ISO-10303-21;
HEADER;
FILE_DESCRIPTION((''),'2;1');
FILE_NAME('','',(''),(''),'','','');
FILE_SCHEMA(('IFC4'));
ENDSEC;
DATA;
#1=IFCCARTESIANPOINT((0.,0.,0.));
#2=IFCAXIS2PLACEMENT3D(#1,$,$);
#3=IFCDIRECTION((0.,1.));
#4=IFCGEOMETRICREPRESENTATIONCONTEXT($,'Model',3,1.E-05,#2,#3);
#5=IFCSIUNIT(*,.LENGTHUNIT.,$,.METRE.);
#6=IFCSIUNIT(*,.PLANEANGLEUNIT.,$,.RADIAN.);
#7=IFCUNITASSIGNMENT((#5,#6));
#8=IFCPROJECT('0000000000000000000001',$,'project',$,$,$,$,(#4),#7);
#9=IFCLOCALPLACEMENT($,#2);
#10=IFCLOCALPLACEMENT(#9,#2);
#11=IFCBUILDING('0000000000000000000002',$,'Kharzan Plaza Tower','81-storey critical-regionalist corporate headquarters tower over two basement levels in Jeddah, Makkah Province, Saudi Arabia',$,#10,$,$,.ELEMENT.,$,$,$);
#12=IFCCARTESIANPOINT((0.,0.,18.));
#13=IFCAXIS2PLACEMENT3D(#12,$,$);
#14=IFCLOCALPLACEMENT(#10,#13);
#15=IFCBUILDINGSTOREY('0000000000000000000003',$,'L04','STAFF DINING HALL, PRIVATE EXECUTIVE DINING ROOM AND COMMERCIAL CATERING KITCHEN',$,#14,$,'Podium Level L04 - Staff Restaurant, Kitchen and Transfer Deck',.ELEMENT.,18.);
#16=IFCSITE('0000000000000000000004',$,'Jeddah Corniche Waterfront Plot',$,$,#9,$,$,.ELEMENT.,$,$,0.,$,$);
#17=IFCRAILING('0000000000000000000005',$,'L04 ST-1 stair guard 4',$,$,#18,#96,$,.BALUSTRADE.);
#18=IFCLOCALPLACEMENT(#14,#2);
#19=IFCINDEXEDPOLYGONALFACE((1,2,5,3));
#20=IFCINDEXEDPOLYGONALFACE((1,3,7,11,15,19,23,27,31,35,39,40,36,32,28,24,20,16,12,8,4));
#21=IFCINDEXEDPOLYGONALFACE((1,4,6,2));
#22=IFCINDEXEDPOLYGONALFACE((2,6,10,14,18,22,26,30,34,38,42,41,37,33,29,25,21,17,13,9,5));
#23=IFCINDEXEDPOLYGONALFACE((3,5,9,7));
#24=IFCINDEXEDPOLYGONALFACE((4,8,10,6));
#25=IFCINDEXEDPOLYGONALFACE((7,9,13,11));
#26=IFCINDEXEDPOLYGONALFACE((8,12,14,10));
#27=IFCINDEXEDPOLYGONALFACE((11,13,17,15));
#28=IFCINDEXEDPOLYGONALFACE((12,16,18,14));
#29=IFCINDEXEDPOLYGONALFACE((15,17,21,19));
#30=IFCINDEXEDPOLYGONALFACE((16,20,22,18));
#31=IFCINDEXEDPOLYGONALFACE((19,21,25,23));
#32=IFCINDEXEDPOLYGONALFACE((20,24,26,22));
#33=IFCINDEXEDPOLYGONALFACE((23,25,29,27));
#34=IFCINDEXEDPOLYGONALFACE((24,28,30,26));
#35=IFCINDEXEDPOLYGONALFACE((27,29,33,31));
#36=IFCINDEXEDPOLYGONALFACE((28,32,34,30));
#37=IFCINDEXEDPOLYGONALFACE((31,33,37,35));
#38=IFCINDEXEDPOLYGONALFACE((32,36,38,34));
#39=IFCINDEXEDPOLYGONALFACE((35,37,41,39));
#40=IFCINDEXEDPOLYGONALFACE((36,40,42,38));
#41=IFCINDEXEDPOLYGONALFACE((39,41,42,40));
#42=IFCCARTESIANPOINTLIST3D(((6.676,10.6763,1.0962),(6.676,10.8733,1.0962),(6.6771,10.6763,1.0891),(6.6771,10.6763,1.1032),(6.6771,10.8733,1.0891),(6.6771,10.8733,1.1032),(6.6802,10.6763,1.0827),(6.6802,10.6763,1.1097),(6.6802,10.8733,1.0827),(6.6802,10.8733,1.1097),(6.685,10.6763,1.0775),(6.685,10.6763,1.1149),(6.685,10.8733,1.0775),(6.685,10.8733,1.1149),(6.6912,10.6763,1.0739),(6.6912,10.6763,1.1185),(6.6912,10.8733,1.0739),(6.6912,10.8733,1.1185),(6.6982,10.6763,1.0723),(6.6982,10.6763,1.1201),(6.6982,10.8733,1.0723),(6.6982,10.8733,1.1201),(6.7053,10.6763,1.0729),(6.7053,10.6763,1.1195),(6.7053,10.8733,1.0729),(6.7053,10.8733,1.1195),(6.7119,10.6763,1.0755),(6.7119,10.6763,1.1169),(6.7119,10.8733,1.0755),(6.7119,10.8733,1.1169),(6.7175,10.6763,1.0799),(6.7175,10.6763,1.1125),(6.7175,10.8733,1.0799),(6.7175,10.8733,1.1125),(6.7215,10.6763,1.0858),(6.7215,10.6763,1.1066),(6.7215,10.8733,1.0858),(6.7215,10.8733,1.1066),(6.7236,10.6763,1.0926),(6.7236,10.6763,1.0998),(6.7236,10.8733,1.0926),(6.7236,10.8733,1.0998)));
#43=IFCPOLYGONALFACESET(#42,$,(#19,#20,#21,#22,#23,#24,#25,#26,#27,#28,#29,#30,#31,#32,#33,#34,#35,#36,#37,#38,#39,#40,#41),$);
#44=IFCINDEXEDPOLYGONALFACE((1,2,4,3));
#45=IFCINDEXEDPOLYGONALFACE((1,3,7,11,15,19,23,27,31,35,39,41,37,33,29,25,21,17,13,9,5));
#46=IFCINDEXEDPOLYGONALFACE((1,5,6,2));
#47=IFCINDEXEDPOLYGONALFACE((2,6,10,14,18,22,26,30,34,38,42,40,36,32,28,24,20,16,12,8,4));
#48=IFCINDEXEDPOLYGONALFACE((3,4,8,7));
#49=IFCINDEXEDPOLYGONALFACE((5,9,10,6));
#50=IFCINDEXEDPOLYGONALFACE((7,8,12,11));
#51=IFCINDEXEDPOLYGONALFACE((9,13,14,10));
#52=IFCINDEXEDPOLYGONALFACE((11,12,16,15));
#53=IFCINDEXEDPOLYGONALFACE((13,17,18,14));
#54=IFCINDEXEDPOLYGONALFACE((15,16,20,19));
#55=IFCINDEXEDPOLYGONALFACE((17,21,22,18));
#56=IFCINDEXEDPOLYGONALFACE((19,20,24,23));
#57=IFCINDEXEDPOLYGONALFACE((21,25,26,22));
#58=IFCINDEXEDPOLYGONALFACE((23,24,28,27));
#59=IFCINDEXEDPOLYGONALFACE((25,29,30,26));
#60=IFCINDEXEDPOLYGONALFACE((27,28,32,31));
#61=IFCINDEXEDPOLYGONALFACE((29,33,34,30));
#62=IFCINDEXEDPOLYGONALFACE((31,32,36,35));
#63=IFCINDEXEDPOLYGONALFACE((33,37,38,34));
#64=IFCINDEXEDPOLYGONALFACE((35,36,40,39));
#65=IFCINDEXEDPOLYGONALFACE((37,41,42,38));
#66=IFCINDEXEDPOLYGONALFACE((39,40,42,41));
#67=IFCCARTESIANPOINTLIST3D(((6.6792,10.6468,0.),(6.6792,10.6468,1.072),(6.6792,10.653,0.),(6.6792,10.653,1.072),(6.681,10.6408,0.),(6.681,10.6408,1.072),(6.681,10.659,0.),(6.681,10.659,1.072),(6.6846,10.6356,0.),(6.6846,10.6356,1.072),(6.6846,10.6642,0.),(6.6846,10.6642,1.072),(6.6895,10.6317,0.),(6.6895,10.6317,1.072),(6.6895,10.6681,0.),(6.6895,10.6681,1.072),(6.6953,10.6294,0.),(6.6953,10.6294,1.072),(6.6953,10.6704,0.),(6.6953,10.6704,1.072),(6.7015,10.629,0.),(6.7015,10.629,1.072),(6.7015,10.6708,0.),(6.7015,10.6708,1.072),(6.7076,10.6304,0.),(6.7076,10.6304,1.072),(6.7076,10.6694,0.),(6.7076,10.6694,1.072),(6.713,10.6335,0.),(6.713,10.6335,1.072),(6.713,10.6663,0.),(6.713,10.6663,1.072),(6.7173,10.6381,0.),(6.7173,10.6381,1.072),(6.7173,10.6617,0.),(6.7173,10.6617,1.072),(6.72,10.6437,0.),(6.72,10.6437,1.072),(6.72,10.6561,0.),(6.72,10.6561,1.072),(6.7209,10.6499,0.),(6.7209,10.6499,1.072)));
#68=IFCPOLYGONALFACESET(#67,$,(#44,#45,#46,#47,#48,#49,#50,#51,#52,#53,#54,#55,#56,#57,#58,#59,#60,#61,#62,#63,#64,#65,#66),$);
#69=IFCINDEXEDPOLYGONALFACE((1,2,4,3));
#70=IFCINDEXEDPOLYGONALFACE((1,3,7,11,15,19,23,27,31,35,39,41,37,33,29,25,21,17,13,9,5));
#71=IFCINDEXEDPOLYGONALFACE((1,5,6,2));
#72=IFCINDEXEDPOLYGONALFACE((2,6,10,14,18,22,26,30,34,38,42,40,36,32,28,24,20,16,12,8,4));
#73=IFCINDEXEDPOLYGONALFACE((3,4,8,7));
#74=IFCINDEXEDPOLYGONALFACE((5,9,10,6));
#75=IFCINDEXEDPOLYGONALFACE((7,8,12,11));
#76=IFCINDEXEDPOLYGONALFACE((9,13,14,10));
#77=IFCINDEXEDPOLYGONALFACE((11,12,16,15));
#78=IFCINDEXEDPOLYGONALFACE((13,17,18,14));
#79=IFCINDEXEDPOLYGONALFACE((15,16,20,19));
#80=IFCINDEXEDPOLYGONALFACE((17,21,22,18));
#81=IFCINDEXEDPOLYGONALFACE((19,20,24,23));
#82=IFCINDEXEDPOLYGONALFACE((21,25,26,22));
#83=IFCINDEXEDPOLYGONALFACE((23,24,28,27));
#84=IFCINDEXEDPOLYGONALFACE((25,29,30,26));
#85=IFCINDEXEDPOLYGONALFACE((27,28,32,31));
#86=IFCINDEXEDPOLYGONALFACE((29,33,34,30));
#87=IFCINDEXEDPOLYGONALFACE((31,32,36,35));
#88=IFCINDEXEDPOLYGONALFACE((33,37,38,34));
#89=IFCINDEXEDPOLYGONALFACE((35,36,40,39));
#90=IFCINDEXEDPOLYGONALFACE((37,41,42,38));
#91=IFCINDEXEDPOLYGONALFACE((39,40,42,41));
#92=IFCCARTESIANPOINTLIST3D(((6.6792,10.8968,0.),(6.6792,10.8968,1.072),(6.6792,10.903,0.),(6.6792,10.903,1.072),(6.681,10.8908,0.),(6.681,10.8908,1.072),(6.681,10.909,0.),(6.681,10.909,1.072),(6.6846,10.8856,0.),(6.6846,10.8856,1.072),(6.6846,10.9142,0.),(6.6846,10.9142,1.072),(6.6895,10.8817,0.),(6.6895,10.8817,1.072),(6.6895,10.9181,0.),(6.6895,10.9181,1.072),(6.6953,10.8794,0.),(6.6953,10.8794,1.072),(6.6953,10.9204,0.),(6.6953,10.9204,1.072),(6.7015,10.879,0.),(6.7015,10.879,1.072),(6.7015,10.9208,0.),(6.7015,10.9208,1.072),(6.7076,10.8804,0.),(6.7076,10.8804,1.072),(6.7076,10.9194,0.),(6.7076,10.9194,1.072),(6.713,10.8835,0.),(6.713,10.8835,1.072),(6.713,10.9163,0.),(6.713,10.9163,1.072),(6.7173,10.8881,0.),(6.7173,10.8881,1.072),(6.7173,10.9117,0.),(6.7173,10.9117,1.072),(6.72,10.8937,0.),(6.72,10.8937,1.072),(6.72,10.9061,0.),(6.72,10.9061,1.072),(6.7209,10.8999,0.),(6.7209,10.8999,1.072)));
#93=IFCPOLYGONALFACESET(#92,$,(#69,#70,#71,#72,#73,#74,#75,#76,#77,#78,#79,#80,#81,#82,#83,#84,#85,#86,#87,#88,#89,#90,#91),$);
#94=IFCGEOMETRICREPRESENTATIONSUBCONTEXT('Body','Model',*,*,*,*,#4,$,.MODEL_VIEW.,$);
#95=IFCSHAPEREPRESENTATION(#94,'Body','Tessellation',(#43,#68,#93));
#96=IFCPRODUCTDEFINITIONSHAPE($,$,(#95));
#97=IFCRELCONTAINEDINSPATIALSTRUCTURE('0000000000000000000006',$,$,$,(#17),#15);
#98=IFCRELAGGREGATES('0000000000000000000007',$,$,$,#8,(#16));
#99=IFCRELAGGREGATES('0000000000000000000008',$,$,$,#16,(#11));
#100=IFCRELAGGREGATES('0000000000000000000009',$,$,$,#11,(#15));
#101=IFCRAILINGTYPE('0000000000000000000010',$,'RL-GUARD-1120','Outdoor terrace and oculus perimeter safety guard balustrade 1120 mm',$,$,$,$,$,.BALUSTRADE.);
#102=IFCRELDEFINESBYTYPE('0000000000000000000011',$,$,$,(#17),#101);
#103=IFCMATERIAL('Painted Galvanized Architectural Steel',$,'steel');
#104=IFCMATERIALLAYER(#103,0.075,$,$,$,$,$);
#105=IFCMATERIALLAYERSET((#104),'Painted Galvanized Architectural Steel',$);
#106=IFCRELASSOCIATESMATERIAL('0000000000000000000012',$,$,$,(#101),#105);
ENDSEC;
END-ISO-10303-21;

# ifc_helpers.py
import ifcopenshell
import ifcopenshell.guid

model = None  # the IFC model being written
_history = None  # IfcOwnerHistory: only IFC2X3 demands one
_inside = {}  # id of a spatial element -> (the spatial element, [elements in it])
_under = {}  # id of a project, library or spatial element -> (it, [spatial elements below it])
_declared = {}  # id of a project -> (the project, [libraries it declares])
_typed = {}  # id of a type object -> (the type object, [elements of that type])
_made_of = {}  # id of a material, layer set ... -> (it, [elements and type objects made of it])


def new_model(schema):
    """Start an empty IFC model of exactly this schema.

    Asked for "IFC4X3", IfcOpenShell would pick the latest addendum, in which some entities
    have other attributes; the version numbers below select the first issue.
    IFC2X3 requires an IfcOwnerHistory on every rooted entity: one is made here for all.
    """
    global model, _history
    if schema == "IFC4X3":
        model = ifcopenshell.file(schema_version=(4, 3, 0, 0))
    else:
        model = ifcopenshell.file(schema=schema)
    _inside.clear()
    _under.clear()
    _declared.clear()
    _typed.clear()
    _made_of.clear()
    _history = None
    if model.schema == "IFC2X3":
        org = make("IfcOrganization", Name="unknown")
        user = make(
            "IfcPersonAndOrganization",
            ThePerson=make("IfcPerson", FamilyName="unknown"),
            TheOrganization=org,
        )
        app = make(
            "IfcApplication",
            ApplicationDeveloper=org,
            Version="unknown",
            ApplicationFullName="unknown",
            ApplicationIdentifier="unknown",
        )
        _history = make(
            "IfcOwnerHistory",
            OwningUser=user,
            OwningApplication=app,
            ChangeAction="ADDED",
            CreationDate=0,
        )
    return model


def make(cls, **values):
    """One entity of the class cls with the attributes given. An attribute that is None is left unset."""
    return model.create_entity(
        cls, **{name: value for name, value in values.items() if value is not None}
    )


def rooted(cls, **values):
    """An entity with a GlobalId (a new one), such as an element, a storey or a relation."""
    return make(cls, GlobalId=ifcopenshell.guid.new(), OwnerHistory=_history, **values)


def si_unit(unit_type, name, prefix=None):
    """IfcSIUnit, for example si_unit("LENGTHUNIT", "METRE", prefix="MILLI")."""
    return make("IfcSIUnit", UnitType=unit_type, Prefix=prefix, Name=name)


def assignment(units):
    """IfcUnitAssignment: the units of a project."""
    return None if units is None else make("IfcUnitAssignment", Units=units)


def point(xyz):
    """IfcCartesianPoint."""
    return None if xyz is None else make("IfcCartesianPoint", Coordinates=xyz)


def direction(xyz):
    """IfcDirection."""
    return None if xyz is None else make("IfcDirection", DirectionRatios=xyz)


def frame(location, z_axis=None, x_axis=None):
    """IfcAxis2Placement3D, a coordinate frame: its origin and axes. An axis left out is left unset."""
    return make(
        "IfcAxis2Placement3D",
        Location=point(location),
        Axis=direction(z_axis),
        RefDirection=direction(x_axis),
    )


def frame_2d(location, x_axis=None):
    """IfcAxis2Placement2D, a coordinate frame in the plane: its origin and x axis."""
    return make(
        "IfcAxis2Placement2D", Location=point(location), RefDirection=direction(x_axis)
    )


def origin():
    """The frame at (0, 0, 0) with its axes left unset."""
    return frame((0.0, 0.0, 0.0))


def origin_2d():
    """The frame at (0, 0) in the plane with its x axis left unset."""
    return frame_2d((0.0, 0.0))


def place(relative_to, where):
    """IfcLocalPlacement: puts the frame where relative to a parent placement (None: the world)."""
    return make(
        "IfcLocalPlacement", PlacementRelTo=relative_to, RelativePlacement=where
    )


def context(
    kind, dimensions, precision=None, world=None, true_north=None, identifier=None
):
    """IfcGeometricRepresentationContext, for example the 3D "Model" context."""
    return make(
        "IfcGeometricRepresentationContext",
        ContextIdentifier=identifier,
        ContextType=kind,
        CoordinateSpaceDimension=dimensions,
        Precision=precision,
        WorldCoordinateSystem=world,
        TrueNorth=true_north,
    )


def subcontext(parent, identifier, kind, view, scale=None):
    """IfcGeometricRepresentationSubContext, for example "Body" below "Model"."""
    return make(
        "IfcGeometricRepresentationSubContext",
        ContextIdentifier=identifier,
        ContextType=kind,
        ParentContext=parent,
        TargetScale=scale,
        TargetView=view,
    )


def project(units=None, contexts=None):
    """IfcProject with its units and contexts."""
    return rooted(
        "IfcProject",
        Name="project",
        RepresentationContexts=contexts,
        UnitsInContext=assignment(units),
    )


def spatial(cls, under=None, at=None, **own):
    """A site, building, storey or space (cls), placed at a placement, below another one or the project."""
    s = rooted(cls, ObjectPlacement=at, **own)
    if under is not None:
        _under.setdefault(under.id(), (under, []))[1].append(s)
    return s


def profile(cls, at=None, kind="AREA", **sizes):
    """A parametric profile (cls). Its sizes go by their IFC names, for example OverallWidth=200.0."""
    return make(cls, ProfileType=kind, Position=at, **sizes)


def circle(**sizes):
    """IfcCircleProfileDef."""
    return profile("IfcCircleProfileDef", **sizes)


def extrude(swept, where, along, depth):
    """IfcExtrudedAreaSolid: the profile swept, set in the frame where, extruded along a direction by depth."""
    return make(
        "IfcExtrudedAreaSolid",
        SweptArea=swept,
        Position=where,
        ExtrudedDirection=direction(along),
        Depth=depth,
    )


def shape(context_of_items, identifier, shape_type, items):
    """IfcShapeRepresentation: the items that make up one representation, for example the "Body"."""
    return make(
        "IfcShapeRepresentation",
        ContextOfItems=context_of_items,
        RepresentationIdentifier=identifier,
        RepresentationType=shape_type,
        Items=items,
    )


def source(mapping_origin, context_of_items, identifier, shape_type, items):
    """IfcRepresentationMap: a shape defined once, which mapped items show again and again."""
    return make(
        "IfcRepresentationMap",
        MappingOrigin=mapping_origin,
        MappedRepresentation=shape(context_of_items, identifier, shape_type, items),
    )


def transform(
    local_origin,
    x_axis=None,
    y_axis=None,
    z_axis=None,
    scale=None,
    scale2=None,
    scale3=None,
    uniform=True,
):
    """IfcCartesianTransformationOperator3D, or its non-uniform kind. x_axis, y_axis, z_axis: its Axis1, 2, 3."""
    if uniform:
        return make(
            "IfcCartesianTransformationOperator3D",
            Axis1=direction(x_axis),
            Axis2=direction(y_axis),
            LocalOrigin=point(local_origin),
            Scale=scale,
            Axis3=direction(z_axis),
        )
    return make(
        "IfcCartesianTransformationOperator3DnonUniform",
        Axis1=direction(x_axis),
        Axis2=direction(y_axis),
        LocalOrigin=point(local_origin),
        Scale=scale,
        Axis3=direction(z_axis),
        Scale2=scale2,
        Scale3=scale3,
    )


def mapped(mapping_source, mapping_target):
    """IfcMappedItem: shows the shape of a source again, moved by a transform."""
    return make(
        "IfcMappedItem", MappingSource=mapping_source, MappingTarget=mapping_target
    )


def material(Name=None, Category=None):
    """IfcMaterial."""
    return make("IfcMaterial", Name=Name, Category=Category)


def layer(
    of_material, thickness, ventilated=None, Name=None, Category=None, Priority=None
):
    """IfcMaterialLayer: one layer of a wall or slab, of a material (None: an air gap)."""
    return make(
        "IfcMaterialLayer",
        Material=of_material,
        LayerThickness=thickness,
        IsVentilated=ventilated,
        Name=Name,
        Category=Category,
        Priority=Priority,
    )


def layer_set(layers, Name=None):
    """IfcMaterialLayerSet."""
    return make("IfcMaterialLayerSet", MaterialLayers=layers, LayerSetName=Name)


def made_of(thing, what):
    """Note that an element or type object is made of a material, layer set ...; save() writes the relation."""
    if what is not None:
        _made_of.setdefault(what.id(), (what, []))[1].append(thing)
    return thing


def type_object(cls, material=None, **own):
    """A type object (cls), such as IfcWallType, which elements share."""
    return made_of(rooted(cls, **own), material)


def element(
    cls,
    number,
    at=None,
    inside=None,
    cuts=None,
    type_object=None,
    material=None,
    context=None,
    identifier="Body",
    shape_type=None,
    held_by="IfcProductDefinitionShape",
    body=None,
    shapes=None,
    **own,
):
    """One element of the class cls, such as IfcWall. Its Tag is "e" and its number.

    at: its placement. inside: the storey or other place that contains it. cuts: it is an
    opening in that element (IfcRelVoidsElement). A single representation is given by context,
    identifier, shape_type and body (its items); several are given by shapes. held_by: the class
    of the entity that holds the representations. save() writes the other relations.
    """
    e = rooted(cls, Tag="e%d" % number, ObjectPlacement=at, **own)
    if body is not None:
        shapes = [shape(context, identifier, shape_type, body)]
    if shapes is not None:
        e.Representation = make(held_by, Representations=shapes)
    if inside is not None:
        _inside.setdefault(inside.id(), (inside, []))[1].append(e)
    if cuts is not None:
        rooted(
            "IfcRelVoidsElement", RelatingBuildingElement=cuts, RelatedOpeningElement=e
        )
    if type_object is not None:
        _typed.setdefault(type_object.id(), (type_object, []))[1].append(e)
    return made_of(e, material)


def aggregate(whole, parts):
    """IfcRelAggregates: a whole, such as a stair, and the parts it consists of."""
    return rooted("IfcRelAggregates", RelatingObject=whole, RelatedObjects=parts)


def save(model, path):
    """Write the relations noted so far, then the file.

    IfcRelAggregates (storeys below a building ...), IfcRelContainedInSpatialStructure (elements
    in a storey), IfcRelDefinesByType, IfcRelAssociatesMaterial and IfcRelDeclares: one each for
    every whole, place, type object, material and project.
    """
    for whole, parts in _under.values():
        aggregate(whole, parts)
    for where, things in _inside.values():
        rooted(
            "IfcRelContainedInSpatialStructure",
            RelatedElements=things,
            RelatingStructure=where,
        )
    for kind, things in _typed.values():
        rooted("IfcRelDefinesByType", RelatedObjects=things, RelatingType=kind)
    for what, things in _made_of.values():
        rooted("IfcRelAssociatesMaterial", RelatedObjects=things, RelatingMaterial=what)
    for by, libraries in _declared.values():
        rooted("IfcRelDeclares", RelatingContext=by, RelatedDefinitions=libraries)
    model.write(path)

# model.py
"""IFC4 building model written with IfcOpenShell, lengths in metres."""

from ifc_helpers import new_model, si_unit, direction, frame, origin, origin_2d, place, context, subcontext, project, spatial, circle, extrude, source, transform, mapped, material, layer, layer_set, type_object, element, save


model = new_model("IFC4")

# Units and contexts
model_context = context("Model", 3, precision=1e-05, world=origin(), true_north=direction((0.0, 1.0)))
body_context = subcontext(model_context, "Body", "Model", "MODEL_VIEW")
ifc_project = project(units=[si_unit("LENGTHUNIT", "METRE"), si_unit("PLANEANGLEUNIT", "RADIAN")], contexts=[model_context])

# Site, building, storey
site_placement = place(None, origin())
site = spatial("IfcSite", under=ifc_project, at=site_placement, Name="Jeddah Corniche Waterfront Plot", CompositionType="ELEMENT", RefElevation=0.0)
building_placement = place(site_placement, origin())
building = spatial("IfcBuilding", under=site, at=building_placement, Name="Kharzan Plaza Tower", Description="81-storey critical-regionalist corporate headquarters tower over two basement levels in Jeddah, Makkah Province, Saudi Arabia", CompositionType="ELEMENT")
storey_placement = place(building_placement, frame((0.0, 0.0, 18.0)))
storey = spatial("IfcBuildingStorey", under=building, at=storey_placement, Name="L04", Description="STAFF DINING HALL, PRIVATE EXECUTIVE DINING ROOM AND COMMERCIAL CATERING KITCHEN", LongName="Podium Level L04 - Staff Restaurant, Kitchen and Transfer Deck", CompositionType="ELEMENT", Elevation=18.0)

# Railing
ifc_material_1 = material(Name="Painted Galvanized Architectural Steel", Category="steel")
ifc_layer_1 = layer(ifc_material_1, 0.075)
ifc_layer_set_1 = layer_set([ifc_layer_1], Name="Painted Galvanized Architectural Steel")
railing_type_1 = type_object("IfcRailingType", Name="RL-GUARD-1120", Description="Outdoor terrace and oculus perimeter safety guard balustrade 1120 mm", PredefinedType="BALUSTRADE", material=ifc_layer_set_1)
shared_shape_1 = source(origin(), body_context, "Body", "SweptSolid", [
    extrude(circle(Radius=0.0239, at=origin_2d()), frame((0.0, 0.0264, 1.0962), z_axis=(0.0, 1.0, 0.0), x_axis=(-1.0, 0.0, 0.0)), (0.0, 0.0, 1.0), 0.197),
    extrude(circle(Radius=0.021, at=origin_2d()), origin(), (0.0, 0.0, 1.0), 1.072),
    extrude(circle(Radius=0.021, at=origin_2d()), frame((0.0, 0.25, 0.0)), (0.0, 0.0, 1.0), 1.072),
])
railing_1_placement = place(storey_placement, frame((6.7, 10.6499, 0.0)))
element("IfcRailing", 1, at=railing_1_placement, inside=storey, type_object=railing_type_1, Name="L04 ST-1 stair guard 4", PredefinedType="BALUSTRADE", context=body_context, shape_type="MappedRepresentation", body=[
    mapped(shared_shape_1, transform((0.0, 0.0, 0.0), x_axis=(1.0, 0.0, 0.0), y_axis=(0.0, 1.0, 0.0), z_axis=(0.0, 0.0, 1.0))),
])

save(model, "model.ifc")
